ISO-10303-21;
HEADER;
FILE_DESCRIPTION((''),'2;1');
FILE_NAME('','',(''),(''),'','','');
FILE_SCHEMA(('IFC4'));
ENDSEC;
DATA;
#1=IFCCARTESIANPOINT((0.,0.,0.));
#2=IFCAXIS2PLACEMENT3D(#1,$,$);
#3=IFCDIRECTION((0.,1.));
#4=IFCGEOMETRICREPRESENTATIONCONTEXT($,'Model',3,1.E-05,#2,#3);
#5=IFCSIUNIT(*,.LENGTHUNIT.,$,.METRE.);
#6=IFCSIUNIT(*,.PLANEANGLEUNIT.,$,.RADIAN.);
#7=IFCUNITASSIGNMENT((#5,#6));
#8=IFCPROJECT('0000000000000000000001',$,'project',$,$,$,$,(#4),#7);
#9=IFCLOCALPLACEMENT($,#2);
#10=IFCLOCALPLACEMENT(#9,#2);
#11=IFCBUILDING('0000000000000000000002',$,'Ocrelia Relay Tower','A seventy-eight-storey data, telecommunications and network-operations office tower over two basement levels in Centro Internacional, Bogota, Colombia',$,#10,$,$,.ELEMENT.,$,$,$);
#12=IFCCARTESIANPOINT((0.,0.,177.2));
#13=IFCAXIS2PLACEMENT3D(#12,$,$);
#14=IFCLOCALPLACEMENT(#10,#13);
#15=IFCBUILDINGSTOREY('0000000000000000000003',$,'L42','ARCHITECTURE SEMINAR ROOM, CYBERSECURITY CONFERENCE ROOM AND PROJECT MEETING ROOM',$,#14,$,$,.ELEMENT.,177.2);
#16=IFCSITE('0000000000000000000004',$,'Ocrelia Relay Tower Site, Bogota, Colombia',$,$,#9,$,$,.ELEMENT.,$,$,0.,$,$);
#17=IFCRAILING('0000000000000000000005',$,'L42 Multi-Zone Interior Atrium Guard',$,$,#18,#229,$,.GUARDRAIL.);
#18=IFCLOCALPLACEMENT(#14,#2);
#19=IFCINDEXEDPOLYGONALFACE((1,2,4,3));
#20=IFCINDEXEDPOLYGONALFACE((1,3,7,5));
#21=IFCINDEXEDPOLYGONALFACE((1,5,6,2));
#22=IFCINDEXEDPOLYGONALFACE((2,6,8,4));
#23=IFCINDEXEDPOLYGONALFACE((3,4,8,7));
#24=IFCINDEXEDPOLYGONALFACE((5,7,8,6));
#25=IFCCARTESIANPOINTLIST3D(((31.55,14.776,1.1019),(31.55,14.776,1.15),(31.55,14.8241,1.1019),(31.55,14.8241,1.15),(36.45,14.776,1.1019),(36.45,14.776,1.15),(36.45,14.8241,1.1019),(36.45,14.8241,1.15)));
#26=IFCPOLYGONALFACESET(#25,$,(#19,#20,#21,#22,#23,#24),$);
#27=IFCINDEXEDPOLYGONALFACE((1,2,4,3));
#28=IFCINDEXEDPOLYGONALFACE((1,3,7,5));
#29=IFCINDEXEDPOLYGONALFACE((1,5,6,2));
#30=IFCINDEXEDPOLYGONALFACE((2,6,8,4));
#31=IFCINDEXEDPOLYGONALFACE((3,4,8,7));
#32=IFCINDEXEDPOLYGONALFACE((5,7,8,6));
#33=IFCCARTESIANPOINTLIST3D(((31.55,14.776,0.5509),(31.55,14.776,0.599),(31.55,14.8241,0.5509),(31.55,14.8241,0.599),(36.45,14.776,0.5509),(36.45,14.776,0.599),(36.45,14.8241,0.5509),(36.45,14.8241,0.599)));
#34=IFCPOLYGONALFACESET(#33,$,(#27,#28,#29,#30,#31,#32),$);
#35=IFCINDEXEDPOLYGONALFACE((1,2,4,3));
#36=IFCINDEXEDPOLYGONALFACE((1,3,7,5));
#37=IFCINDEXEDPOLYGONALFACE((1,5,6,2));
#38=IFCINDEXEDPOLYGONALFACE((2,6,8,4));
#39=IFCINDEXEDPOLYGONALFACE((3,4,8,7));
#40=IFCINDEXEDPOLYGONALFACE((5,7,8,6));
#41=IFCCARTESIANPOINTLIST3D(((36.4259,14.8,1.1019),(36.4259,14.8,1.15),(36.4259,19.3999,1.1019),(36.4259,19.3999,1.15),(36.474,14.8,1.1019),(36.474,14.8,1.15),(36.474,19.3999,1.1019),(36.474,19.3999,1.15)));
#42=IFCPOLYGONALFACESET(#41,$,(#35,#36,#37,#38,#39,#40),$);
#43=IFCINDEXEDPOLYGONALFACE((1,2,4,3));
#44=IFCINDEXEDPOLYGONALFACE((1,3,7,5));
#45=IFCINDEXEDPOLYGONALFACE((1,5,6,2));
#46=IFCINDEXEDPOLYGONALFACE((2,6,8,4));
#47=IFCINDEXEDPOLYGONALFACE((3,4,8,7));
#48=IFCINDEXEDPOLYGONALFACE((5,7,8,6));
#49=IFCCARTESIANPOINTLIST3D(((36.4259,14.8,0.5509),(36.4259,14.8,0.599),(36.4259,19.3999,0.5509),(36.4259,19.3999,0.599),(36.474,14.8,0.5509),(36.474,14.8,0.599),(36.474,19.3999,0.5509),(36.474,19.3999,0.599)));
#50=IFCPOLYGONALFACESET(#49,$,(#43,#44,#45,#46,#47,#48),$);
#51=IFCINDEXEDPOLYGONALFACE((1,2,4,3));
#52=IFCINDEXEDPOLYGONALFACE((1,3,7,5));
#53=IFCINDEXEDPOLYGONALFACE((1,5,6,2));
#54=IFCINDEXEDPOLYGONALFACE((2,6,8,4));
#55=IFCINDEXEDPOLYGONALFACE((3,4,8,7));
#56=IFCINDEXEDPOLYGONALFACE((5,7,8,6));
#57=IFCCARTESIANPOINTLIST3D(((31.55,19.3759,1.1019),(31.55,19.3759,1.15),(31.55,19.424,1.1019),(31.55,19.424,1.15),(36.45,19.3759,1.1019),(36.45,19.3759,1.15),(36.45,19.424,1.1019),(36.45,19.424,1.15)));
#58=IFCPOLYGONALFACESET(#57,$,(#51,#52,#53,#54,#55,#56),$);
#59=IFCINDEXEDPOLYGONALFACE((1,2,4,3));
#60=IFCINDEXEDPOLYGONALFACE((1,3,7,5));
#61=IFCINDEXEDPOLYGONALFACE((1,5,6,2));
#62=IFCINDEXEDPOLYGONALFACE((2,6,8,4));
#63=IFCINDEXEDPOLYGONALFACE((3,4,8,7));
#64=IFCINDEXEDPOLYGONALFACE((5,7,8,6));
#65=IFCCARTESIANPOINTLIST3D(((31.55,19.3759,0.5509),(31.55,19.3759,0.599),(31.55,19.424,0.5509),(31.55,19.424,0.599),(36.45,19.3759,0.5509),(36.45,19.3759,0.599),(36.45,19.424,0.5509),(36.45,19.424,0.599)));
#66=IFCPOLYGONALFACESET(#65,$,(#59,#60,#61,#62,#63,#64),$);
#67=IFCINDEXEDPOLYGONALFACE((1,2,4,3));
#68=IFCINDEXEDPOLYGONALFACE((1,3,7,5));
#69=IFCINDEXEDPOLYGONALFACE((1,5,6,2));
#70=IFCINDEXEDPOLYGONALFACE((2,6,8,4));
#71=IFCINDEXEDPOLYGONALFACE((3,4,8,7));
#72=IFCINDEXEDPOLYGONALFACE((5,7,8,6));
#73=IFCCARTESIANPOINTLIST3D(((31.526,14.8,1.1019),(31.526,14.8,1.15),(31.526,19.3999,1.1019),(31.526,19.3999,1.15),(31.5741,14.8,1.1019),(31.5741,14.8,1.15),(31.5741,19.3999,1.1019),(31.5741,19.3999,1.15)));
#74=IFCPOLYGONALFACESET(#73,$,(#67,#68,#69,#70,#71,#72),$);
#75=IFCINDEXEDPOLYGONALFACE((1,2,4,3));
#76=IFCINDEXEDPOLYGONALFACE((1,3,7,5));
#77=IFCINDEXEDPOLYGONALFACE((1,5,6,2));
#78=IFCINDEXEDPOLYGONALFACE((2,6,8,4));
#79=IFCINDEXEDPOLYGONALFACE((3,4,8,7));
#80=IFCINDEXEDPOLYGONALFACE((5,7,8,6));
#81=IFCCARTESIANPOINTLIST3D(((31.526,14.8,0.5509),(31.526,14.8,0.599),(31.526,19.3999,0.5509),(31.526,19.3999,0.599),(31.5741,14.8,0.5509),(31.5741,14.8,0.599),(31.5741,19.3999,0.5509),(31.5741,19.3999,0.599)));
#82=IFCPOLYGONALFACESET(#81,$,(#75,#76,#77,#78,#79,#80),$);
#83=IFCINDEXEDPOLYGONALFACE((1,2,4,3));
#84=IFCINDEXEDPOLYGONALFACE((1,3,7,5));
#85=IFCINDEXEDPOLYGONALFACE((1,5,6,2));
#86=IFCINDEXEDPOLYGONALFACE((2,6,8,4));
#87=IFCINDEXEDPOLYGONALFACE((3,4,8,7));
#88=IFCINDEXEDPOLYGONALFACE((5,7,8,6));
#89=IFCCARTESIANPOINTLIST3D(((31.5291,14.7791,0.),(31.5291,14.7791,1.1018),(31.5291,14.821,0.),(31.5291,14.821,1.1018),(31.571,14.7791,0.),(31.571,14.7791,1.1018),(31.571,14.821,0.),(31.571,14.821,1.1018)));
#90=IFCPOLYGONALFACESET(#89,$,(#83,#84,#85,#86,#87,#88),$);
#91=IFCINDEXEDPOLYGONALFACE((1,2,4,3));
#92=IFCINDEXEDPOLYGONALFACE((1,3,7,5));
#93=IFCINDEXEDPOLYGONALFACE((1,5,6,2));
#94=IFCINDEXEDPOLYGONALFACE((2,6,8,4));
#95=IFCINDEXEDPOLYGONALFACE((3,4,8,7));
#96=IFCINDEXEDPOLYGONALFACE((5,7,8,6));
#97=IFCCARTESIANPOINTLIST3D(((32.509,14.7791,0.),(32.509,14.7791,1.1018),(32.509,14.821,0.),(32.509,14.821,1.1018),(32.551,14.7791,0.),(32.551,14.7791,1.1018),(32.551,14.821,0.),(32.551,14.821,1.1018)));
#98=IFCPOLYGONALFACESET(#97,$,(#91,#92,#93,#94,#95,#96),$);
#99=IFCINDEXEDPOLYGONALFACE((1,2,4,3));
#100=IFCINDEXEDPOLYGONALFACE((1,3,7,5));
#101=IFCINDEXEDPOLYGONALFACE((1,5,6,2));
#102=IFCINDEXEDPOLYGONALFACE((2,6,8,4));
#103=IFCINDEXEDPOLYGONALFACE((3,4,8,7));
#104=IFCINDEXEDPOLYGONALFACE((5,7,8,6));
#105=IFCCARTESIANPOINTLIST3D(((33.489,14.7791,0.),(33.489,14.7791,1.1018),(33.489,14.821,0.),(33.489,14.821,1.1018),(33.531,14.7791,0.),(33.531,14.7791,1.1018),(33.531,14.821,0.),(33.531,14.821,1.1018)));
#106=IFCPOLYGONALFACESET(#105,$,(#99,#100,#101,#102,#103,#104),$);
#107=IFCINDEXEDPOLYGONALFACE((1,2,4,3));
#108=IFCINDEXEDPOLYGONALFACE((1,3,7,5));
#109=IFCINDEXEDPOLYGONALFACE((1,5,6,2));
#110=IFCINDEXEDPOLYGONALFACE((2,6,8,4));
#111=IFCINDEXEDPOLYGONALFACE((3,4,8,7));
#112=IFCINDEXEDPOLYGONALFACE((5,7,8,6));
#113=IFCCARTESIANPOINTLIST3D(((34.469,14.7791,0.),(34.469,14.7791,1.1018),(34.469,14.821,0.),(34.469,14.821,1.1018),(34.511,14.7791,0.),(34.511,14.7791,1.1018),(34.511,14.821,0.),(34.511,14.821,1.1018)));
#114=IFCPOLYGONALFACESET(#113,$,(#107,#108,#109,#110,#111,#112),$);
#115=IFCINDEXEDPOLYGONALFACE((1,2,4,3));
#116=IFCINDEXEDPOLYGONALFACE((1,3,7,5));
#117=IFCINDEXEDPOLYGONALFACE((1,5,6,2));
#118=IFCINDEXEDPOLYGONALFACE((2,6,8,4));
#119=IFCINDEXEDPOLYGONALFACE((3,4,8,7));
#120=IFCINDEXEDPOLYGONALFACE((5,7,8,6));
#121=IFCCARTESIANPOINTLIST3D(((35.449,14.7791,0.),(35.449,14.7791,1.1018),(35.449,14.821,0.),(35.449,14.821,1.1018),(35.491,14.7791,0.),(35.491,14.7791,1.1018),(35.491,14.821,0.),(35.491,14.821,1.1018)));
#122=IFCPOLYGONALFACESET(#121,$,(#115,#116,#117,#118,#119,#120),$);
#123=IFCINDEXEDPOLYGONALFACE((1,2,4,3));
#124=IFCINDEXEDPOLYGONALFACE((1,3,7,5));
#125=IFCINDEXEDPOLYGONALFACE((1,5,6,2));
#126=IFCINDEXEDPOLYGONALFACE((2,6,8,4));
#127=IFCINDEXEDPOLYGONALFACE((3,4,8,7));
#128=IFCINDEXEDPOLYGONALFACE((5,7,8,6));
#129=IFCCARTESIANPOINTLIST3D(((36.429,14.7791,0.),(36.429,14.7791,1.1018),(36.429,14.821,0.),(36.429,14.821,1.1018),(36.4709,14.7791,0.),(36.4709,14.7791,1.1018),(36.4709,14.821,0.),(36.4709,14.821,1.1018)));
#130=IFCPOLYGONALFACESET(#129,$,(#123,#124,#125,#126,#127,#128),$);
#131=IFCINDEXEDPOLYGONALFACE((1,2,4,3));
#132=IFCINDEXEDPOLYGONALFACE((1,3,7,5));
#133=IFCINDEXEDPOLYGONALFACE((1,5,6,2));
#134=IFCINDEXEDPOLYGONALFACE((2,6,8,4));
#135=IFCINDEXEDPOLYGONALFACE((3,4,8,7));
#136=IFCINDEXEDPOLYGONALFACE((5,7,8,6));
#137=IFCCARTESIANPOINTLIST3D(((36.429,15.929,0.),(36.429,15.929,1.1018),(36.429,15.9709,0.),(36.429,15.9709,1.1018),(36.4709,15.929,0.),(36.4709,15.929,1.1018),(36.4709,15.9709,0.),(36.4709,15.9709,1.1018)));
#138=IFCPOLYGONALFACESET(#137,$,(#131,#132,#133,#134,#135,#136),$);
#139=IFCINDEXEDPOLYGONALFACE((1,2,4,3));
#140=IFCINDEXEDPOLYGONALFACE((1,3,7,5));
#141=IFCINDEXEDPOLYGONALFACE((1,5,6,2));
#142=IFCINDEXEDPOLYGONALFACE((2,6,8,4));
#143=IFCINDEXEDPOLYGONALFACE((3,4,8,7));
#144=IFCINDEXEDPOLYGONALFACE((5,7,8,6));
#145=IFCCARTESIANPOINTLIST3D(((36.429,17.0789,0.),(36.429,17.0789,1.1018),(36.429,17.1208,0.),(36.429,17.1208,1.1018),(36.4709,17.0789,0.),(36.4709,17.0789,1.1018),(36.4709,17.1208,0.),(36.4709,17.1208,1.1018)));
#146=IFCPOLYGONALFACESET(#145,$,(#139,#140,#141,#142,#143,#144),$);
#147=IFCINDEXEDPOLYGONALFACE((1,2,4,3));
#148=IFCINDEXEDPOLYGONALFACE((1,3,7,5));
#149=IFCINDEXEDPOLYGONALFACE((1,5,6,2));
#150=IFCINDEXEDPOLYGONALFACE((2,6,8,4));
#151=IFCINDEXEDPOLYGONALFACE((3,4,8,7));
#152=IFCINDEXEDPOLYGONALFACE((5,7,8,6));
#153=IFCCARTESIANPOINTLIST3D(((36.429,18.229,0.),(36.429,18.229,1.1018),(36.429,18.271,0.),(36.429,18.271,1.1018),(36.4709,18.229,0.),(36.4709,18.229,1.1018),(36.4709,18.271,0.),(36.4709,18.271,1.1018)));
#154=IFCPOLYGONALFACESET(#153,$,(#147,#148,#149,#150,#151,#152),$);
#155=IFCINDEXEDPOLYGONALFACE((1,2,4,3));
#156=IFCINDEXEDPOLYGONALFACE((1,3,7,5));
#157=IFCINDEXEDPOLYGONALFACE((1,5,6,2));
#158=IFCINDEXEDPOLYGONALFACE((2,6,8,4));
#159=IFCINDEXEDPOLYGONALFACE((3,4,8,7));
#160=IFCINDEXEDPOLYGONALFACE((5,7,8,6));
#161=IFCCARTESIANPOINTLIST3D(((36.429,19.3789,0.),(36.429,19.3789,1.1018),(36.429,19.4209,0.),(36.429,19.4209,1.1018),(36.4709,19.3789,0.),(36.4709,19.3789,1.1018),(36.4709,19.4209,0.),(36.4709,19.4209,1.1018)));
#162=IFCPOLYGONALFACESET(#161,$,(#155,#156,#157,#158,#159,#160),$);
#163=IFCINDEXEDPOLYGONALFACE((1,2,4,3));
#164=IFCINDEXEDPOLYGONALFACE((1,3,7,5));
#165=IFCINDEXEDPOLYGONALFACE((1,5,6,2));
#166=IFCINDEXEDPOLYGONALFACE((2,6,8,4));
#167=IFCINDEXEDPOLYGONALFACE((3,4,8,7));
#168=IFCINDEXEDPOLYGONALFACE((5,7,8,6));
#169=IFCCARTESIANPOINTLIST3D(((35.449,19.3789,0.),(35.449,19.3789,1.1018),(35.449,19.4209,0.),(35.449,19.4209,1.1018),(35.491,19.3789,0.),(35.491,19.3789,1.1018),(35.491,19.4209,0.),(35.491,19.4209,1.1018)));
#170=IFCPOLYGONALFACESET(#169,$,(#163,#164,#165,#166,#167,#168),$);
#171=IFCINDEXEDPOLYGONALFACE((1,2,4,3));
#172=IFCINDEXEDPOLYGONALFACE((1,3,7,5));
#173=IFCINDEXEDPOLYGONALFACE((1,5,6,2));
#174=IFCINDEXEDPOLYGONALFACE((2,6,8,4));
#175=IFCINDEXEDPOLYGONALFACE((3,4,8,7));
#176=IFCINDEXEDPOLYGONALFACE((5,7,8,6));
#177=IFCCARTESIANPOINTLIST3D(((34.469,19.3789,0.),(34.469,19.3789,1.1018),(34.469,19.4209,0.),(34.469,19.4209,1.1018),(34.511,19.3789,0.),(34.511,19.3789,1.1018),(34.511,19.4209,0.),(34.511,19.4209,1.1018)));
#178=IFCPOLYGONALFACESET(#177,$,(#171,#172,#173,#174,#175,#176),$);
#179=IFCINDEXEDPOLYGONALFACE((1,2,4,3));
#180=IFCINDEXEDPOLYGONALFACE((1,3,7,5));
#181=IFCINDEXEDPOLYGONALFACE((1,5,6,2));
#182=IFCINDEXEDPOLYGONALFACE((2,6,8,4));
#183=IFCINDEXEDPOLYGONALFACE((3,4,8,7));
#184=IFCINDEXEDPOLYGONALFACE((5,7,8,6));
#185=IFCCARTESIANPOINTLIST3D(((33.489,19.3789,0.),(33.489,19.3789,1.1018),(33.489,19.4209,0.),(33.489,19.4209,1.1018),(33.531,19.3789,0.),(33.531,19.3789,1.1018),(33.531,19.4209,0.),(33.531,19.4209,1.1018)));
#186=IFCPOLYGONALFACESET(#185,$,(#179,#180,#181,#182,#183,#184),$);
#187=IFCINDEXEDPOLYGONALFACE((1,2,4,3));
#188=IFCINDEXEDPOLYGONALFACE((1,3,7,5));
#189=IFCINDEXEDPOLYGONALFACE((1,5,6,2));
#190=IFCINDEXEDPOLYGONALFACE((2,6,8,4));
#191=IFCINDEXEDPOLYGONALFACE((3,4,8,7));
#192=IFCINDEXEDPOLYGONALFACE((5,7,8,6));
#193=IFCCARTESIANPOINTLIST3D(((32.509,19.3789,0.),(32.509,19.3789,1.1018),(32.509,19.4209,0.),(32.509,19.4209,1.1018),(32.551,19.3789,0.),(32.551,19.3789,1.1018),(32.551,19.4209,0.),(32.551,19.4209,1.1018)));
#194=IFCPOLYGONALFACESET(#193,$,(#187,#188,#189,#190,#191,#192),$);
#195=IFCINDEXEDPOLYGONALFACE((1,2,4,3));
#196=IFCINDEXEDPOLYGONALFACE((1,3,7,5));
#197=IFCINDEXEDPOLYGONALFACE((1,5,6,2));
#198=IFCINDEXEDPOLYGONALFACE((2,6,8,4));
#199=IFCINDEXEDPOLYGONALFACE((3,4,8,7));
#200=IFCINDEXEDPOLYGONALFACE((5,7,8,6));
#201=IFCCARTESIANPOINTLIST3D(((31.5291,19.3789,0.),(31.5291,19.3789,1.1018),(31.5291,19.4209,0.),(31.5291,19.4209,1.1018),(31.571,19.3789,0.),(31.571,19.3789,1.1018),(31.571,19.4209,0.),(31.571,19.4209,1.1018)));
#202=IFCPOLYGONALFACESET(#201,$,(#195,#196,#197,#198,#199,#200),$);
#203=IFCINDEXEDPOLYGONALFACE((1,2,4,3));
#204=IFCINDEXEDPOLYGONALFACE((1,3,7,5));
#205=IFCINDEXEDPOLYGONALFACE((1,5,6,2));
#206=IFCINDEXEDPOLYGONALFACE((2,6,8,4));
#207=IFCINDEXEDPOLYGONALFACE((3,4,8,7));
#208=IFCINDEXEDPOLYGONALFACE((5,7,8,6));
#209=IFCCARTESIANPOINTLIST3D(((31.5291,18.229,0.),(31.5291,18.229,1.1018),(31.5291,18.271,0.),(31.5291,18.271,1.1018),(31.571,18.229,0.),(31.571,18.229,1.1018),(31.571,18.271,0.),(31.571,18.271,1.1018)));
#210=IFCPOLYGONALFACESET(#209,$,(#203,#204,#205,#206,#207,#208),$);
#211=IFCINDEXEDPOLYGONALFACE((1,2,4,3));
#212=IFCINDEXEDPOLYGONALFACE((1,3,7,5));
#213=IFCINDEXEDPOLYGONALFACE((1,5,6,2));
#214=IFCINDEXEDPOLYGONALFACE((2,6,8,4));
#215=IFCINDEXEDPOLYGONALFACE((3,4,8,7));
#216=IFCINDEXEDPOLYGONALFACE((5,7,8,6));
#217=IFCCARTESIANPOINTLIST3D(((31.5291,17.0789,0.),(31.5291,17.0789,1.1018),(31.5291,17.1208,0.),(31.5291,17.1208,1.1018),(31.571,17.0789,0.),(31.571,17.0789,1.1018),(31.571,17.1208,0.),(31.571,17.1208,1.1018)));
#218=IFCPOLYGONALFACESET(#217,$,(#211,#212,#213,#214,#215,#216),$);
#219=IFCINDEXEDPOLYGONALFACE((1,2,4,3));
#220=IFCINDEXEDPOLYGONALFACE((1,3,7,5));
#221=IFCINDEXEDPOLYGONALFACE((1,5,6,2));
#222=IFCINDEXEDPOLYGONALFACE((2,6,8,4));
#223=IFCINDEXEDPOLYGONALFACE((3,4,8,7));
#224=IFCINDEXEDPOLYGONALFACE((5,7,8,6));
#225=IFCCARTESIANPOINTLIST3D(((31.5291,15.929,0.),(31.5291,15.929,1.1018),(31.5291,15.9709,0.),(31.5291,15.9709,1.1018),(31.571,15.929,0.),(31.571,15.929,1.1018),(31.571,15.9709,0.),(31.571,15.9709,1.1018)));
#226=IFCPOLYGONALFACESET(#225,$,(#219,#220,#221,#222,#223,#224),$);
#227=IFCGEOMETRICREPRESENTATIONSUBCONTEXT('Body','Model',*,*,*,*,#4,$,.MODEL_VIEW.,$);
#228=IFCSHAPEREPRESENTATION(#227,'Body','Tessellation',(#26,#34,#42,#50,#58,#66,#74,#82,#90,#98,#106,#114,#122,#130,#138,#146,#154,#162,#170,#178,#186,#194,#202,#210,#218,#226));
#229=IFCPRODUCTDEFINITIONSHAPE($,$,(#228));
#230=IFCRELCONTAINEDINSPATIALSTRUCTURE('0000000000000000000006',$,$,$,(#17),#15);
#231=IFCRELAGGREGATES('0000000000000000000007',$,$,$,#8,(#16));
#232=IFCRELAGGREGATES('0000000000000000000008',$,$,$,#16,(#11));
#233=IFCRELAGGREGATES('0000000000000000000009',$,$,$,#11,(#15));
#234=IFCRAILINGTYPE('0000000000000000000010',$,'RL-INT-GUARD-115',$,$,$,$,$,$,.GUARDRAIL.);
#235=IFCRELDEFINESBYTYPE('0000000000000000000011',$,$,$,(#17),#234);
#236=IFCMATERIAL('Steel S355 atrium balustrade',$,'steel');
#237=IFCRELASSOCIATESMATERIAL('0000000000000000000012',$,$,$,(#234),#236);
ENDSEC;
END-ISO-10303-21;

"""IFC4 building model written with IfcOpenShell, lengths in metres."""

from ifc_helpers import new_model, si_unit, direction, frame, origin, origin_2d, place, context, subcontext, project, spatial, rectangle, extrude, material, type_object, element, save


model = new_model("IFC4")

# Units and contexts
model_context = context("Model", 3, precision=1e-05, world=origin(), true_north=direction((0.0, 1.0)))
body_context = subcontext(model_context, "Body", "Model", "MODEL_VIEW")
ifc_project = project(units=[si_unit("LENGTHUNIT", "METRE"), si_unit("PLANEANGLEUNIT", "RADIAN")], contexts=[model_context])

# Site, building, storey
site_placement = place(None, origin())
site = spatial("IfcSite", under=ifc_project, at=site_placement, Name="Ocrelia Relay Tower Site, Bogota, Colombia", CompositionType="ELEMENT", RefElevation=0.0)
building_placement = place(site_placement, origin())
building = spatial("IfcBuilding", under=site, at=building_placement, Name="Ocrelia Relay Tower", Description="A seventy-eight-storey data, telecommunications and network-operations office tower over two basement levels in Centro Internacional, Bogota, Colombia", CompositionType="ELEMENT")
storey_placement = place(building_placement, frame((0.0, 0.0, 177.2)))
storey = spatial("IfcBuildingStorey", under=building, at=storey_placement, Name="L42", Description="ARCHITECTURE SEMINAR ROOM, CYBERSECURITY CONFERENCE ROOM AND PROJECT MEETING ROOM", CompositionType="ELEMENT", Elevation=177.2)

# Railing
ifc_material_1 = material(Name="Steel S355 atrium balustrade", Category="steel")
railing_type_1 = type_object("IfcRailingType", Name="RL-INT-GUARD-115", PredefinedType="GUARDRAIL", material=ifc_material_1)
railing_1_placement = place(storey_placement, frame((31.55, 14.8, 0.0)))
element("IfcRailing", 1, at=railing_1_placement, inside=storey, type_object=railing_type_1, Name="L42 Multi-Zone Interior Atrium Guard", PredefinedType="GUARDRAIL", context=body_context, shape_type="SweptSolid", body=[
    extrude(rectangle(XDim=0.0481, YDim=0.0481, at=origin_2d()), frame((0.0, 0.0, 1.126), z_axis=(1.0, 0.0, 0.0), x_axis=(0.0, 1.0, 0.0)), (0.0, 0.0, 1.0), 4.8999),
    extrude(rectangle(XDim=0.0481, YDim=0.0481, at=origin_2d()), frame((0.0, 0.0, 0.575), z_axis=(1.0, 0.0, 0.0), x_axis=(0.0, 1.0, 0.0)), (0.0, 0.0, 1.0), 4.8999),
    extrude(rectangle(XDim=0.0481, YDim=0.0481, at=origin_2d()), frame((4.8999, 0.0, 1.126), z_axis=(0.0, 1.0, 0.0), x_axis=(-1.0, 0.0, 0.0)), (0.0, 0.0, 1.0), 4.5999),
    extrude(rectangle(XDim=0.0481, YDim=0.0481, at=origin_2d()), frame((4.8999, 0.0, 0.575), z_axis=(0.0, 1.0, 0.0), x_axis=(-1.0, 0.0, 0.0)), (0.0, 0.0, 1.0), 4.5999),
    extrude(rectangle(XDim=0.0481, YDim=0.0481, at=origin_2d()), frame((4.8999, 4.5999, 1.126), z_axis=(-1.0, 0.0, 0.0), x_axis=(0.0, -1.0, 0.0)), (0.0, 0.0, 1.0), 4.8999),
    extrude(rectangle(XDim=0.0481, YDim=0.0481, at=origin_2d()), frame((4.8999, 4.5999, 0.575), z_axis=(-1.0, 0.0, 0.0), x_axis=(0.0, -1.0, 0.0)), (0.0, 0.0, 1.0), 4.8999),
    extrude(rectangle(XDim=0.0481, YDim=0.0481, at=origin_2d()), frame((0.0, 4.5999, 1.126), z_axis=(0.0, -1.0, 0.0), x_axis=(1.0, 0.0, 0.0)), (0.0, 0.0, 1.0), 4.5999),
    extrude(rectangle(XDim=0.0481, YDim=0.0481, at=origin_2d()), frame((0.0, 4.5999, 0.575), z_axis=(0.0, -1.0, 0.0), x_axis=(1.0, 0.0, 0.0)), (0.0, 0.0, 1.0), 4.5999),
    extrude(rectangle(XDim=0.042, YDim=0.042, at=origin_2d()), origin(), (0.0, 0.0, 1.0), 1.1018),
    extrude(rectangle(XDim=0.042, YDim=0.042, at=origin_2d()), frame((0.98, 0.0, 0.0)), (0.0, 0.0, 1.0), 1.1018),
    extrude(rectangle(XDim=0.042, YDim=0.042, at=origin_2d()), frame((1.96, 0.0, 0.0)), (0.0, 0.0, 1.0), 1.1018),
    extrude(rectangle(XDim=0.042, YDim=0.042, at=origin_2d()), frame((2.9399, 0.0, 0.0)), (0.0, 0.0, 1.0), 1.1018),
    extrude(rectangle(XDim=0.042, YDim=0.042, at=origin_2d()), frame((3.9199, 0.0, 0.0)), (0.0, 0.0, 1.0), 1.1018),
    extrude(rectangle(XDim=0.042, YDim=0.042, at=origin_2d()), frame((4.8999, 0.0, 0.0)), (0.0, 0.0, 1.0), 1.1018),
    extrude(rectangle(XDim=0.042, YDim=0.042, at=origin_2d()), frame((4.8999, 1.1499, 0.0)), (0.0, 0.0, 1.0), 1.1018),
    extrude(rectangle(XDim=0.042, YDim=0.042, at=origin_2d()), frame((4.8999, 2.2998, 0.0)), (0.0, 0.0, 1.0), 1.1018),
    extrude(rectangle(XDim=0.042, YDim=0.042, at=origin_2d()), frame((4.8999, 3.45, 0.0)), (0.0, 0.0, 1.0), 1.1018),
    extrude(rectangle(XDim=0.042, YDim=0.042, at=origin_2d()), frame((4.8999, 4.5999, 0.0)), (0.0, 0.0, 1.0), 1.1018),
    extrude(rectangle(XDim=0.042, YDim=0.042, at=origin_2d()), frame((3.9199, 4.5999, 0.0)), (0.0, 0.0, 1.0), 1.1018),
    extrude(rectangle(XDim=0.042, YDim=0.042, at=origin_2d()), frame((2.9399, 4.5999, 0.0)), (0.0, 0.0, 1.0), 1.1018),
    extrude(rectangle(XDim=0.042, YDim=0.042, at=origin_2d()), frame((1.96, 4.5999, 0.0)), (0.0, 0.0, 1.0), 1.1018),
    extrude(rectangle(XDim=0.042, YDim=0.042, at=origin_2d()), frame((0.98, 4.5999, 0.0)), (0.0, 0.0, 1.0), 1.1018),
    extrude(rectangle(XDim=0.042, YDim=0.042, at=origin_2d()), frame((0.0, 4.5999, 0.0)), (0.0, 0.0, 1.0), 1.1018),
    extrude(rectangle(XDim=0.042, YDim=0.042, at=origin_2d()), frame((0.0, 3.45, 0.0)), (0.0, 0.0, 1.0), 1.1018),
    extrude(rectangle(XDim=0.042, YDim=0.042, at=origin_2d()), frame((0.0, 2.2998, 0.0)), (0.0, 0.0, 1.0), 1.1018),
    extrude(rectangle(XDim=0.042, YDim=0.042, at=origin_2d()), frame((0.0, 1.1499, 0.0)), (0.0, 0.0, 1.0), 1.1018),
])

save(model, "model.ifc")
